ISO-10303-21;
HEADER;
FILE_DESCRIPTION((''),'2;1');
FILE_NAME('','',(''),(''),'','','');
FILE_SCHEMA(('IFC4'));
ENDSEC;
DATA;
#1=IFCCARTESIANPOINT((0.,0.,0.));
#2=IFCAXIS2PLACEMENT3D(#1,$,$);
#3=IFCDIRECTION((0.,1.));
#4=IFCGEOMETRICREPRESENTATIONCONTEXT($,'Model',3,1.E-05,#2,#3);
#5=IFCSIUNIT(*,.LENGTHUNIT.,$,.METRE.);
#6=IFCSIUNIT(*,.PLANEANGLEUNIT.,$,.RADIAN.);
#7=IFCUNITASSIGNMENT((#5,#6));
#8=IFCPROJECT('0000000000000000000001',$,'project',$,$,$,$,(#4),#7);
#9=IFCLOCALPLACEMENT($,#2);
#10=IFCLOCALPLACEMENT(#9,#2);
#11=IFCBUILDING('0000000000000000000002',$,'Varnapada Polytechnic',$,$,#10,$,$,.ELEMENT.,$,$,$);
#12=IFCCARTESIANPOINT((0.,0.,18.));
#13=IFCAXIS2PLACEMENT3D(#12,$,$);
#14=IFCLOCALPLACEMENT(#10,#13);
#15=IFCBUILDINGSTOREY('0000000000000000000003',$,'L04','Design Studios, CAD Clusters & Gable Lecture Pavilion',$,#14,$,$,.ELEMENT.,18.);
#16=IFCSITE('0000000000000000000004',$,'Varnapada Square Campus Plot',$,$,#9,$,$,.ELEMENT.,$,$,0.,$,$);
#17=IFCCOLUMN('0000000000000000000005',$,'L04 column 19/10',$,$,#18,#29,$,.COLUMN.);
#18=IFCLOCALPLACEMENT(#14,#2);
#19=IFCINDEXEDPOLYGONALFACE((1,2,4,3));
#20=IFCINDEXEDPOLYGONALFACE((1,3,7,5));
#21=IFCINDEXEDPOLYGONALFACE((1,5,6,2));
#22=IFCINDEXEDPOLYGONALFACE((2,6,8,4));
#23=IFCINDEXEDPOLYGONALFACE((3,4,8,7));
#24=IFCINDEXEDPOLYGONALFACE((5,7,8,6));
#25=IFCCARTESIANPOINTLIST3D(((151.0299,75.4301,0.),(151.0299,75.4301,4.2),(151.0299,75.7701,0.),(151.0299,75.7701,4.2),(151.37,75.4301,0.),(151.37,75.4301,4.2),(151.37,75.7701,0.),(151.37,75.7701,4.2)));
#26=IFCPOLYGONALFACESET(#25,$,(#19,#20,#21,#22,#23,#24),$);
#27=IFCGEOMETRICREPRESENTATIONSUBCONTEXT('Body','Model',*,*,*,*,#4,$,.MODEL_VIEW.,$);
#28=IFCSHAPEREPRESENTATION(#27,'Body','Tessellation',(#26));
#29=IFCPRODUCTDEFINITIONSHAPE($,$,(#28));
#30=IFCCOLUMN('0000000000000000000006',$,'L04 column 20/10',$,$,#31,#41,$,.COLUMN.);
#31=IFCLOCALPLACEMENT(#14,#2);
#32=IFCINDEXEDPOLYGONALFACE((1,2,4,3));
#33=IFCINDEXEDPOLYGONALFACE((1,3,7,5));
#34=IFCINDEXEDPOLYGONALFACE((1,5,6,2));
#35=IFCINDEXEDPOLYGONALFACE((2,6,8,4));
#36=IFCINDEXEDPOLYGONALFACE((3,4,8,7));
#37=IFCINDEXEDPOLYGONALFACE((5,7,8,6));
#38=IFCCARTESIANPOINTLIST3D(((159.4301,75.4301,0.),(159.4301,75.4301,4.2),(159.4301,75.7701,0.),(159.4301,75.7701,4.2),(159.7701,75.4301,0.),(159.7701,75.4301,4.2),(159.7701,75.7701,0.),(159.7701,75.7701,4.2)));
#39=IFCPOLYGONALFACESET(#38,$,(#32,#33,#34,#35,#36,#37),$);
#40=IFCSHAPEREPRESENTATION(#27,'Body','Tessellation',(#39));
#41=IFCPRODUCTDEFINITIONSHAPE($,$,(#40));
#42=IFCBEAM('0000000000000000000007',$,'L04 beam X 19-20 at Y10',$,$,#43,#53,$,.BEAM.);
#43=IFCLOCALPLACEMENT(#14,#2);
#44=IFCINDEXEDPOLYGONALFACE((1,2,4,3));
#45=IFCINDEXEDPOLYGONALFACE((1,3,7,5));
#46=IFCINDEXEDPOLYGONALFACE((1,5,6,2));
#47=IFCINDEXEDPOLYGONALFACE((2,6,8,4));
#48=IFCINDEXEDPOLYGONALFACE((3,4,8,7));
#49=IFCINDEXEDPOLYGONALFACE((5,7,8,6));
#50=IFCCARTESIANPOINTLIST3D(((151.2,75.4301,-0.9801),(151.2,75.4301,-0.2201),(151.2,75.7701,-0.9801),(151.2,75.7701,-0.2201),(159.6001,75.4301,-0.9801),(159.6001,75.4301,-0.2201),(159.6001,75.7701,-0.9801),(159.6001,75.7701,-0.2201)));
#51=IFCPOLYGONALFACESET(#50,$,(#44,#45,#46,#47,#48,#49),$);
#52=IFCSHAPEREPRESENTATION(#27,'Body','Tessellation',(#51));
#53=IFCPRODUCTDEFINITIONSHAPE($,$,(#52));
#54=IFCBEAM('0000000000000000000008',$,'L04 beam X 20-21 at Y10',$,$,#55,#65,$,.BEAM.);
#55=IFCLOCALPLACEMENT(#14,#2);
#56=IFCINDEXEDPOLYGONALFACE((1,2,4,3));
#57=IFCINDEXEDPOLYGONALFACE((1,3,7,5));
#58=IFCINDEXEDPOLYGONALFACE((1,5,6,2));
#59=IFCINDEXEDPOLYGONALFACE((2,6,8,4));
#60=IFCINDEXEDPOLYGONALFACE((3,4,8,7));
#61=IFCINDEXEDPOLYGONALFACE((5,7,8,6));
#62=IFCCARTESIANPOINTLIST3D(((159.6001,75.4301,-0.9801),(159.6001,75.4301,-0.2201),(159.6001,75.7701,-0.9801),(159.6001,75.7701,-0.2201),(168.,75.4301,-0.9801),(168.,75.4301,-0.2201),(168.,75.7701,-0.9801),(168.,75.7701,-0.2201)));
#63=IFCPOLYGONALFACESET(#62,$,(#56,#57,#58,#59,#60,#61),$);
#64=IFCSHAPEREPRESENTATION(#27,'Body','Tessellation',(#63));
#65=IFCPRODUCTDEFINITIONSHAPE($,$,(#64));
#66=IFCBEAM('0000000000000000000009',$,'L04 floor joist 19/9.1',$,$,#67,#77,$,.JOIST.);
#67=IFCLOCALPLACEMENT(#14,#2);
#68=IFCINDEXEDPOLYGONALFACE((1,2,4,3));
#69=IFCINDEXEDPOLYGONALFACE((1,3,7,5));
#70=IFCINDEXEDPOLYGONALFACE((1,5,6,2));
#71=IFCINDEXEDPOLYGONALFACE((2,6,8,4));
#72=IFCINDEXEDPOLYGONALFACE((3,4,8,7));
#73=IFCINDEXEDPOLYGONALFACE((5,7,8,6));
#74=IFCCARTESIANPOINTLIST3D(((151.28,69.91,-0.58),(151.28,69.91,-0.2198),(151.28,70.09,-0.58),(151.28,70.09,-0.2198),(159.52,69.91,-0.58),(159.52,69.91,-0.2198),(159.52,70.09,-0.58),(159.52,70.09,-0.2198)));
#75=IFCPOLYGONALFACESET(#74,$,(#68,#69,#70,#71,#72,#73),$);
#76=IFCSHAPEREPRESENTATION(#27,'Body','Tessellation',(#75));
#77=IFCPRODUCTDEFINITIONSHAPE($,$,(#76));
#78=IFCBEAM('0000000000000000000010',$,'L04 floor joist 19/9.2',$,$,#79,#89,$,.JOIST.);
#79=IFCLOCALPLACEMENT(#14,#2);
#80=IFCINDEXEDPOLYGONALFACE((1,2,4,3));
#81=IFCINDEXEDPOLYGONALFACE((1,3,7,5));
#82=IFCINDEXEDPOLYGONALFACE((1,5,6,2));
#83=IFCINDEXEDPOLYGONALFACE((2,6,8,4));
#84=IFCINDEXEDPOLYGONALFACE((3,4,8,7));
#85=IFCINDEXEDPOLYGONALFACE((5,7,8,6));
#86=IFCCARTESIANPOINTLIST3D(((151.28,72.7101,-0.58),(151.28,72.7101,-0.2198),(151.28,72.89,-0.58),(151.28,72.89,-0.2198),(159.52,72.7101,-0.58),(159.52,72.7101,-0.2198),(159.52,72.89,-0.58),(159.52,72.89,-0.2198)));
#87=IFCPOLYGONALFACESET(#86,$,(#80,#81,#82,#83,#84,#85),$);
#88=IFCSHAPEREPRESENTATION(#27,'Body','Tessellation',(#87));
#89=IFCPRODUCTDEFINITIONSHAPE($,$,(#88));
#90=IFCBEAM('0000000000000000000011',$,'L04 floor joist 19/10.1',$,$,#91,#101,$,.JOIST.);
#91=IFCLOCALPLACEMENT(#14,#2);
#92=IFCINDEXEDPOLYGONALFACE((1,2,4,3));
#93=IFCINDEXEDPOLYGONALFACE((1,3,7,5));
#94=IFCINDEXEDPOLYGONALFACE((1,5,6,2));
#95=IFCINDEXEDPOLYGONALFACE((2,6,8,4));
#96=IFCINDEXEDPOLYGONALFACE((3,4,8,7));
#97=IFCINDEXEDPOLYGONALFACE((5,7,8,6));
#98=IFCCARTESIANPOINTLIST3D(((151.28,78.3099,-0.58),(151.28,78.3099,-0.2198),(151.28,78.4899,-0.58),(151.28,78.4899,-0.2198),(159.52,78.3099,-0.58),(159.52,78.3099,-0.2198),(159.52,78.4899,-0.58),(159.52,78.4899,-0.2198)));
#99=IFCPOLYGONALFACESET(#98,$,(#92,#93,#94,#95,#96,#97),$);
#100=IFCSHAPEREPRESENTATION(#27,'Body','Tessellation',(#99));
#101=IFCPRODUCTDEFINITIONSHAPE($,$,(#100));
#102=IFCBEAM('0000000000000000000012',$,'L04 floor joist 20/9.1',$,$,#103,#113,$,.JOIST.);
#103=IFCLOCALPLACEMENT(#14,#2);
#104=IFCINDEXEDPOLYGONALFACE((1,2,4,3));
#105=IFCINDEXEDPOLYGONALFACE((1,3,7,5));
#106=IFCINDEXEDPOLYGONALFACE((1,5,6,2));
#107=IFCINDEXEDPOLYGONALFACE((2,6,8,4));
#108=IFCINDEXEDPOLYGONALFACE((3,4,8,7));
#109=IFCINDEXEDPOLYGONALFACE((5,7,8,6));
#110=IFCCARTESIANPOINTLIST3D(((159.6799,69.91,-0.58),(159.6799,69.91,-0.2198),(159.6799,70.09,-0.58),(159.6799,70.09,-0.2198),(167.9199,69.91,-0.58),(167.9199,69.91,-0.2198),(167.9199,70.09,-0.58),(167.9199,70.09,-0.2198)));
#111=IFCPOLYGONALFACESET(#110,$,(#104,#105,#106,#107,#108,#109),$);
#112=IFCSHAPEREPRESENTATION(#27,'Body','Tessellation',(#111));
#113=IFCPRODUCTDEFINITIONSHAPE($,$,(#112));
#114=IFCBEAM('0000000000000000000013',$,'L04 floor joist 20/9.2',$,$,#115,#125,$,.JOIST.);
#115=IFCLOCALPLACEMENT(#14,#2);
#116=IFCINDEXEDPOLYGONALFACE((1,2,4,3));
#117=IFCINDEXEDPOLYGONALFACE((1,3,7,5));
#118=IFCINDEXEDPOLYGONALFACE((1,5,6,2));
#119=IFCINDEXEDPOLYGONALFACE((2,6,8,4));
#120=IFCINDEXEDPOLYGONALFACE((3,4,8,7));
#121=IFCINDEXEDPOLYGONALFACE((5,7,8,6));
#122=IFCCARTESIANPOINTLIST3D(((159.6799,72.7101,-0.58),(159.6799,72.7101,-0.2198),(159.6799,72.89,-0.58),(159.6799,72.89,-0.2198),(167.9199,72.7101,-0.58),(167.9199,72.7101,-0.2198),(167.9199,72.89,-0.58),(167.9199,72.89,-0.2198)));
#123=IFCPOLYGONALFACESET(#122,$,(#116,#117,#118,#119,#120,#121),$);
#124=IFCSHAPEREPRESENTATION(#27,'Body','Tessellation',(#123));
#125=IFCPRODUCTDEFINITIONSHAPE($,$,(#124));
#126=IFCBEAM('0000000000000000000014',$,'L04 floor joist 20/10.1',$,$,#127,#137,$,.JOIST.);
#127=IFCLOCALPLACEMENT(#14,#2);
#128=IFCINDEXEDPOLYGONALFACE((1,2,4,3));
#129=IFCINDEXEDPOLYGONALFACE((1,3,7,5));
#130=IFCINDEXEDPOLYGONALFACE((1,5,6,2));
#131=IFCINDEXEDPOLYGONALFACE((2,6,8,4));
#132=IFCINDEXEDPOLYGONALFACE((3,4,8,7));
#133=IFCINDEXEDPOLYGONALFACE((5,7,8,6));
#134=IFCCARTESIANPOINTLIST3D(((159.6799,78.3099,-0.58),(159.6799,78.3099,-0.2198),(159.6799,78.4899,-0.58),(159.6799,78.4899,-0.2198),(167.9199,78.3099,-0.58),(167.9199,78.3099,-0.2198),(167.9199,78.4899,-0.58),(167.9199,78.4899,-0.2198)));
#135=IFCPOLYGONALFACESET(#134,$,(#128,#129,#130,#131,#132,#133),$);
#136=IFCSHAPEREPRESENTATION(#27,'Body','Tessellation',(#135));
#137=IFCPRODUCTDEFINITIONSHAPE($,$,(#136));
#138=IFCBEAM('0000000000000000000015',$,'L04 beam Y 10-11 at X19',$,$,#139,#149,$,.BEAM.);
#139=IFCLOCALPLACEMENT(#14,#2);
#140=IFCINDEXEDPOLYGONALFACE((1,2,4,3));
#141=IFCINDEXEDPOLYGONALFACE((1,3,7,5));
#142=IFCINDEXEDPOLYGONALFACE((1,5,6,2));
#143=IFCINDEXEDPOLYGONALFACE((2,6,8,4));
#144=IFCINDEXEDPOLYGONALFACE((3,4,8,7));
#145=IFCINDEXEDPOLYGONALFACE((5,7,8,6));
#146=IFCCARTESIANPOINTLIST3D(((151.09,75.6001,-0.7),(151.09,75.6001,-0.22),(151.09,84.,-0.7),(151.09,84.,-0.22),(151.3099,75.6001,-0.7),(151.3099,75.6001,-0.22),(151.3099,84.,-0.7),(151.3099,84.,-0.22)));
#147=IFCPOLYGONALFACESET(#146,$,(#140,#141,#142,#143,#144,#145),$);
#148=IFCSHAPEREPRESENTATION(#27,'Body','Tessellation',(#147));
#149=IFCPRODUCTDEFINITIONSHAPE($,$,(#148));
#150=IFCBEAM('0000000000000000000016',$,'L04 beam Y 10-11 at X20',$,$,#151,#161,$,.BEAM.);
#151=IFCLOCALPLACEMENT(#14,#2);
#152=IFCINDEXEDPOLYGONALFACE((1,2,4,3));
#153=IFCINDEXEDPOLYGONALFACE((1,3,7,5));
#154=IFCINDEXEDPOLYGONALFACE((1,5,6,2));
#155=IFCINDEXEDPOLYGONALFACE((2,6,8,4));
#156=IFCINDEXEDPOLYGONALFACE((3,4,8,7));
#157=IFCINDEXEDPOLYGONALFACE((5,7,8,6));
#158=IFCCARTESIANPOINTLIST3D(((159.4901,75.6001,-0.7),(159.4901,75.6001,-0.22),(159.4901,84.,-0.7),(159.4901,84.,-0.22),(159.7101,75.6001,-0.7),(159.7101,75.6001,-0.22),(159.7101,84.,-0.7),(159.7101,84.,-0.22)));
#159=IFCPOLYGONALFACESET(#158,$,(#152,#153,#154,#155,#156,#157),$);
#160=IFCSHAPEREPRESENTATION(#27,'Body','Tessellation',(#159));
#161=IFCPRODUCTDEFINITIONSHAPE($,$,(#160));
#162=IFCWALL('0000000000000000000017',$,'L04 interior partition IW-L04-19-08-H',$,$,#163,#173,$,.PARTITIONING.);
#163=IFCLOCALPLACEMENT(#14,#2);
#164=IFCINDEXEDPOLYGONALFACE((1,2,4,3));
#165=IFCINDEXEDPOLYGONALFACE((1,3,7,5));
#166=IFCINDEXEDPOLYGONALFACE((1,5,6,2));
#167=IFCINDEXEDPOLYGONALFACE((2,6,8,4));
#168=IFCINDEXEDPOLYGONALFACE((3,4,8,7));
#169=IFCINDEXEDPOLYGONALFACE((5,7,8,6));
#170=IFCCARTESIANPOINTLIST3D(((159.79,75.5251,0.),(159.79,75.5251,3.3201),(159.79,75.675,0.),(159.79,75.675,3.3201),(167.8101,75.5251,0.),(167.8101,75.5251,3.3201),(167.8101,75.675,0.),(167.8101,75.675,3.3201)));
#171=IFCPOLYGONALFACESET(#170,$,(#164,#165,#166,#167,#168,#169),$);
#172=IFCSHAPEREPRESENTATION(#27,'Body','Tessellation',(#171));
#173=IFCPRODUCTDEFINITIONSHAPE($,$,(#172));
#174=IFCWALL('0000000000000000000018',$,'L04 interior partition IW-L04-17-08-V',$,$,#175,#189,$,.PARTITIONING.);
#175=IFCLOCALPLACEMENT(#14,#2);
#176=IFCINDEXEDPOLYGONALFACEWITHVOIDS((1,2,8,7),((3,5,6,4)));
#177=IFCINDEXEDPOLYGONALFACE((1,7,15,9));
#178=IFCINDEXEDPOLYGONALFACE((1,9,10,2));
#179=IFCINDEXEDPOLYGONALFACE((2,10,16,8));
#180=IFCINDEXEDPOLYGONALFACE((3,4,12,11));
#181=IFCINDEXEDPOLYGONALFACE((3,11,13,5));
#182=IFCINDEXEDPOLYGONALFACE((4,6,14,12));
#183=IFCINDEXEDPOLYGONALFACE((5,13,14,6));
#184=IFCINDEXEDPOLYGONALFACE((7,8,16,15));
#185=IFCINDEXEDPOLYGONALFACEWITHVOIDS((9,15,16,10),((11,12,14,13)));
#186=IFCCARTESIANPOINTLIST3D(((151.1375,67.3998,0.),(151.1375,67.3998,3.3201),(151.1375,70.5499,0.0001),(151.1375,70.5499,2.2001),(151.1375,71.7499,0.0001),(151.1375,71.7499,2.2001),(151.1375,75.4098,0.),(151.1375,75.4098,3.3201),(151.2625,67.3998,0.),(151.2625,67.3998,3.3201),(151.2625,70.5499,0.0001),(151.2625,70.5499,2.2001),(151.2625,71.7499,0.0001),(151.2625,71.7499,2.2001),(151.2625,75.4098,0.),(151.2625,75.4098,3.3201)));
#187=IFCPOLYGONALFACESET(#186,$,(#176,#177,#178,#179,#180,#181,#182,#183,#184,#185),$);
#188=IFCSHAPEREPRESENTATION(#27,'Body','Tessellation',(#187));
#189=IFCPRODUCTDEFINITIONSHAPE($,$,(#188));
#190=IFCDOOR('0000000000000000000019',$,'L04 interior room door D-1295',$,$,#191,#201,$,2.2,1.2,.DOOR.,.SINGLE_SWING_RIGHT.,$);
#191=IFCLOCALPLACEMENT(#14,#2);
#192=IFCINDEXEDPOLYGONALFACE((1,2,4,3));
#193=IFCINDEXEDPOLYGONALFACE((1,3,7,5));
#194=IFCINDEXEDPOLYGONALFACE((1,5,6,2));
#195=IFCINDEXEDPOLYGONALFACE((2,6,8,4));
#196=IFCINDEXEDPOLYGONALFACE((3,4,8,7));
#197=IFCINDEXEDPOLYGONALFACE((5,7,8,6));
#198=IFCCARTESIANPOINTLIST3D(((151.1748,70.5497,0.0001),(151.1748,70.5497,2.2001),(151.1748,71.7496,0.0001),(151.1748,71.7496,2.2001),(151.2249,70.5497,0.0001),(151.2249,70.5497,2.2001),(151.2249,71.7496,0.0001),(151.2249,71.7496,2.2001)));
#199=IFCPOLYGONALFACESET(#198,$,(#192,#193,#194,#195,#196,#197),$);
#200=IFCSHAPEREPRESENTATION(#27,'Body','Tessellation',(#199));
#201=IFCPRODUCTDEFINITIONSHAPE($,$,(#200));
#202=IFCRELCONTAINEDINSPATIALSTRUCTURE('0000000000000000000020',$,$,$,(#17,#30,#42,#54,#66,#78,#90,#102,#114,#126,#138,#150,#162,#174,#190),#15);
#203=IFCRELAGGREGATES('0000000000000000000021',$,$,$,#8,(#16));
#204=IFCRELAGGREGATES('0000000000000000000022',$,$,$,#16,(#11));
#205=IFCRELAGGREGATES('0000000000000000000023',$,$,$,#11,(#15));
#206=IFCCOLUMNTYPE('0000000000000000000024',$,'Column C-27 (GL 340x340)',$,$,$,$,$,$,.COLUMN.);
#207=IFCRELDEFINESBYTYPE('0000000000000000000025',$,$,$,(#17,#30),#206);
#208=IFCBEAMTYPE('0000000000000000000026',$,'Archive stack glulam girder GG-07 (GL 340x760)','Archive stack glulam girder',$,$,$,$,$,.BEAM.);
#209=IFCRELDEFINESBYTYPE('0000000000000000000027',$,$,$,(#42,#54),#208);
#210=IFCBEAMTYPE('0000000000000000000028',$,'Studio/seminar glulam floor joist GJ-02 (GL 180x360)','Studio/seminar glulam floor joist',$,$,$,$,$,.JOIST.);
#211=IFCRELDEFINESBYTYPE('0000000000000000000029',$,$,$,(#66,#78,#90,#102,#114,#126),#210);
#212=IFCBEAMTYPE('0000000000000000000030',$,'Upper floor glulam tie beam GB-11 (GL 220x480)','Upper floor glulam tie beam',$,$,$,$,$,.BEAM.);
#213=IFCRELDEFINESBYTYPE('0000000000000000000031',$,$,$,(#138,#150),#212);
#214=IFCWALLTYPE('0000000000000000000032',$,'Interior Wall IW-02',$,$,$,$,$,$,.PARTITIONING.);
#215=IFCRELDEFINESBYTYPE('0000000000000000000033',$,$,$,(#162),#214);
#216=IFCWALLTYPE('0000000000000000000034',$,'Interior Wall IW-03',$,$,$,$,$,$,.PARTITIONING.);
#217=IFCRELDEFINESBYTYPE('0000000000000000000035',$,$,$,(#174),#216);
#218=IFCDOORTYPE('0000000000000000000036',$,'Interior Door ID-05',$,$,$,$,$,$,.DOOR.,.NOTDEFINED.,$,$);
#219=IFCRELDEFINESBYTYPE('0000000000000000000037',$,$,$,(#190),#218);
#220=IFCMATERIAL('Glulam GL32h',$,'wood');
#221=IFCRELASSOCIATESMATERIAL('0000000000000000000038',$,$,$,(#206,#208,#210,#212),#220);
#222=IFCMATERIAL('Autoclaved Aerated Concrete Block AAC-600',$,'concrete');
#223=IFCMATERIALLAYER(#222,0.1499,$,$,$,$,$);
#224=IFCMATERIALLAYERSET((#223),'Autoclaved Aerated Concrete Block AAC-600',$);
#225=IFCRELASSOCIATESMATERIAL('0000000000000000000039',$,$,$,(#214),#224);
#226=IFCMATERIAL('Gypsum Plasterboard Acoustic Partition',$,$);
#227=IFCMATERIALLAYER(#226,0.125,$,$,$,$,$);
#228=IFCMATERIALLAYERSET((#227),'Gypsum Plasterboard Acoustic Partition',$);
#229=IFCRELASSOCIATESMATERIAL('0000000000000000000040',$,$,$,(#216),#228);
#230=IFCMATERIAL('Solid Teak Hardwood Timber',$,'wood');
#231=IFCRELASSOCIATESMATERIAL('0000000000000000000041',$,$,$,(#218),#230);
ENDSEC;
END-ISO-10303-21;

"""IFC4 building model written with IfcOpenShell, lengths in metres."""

from ifc_helpers import new_model, si_unit, direction, frame, frame_2d, origin, origin_2d, place, context, subcontext, project, spatial, rectangle, extrude, material, layer, layer_set, material_profile, profile_set, type_object, element, fill, save


model = new_model("IFC4")

# Units and contexts
model_context = context("Model", 3, precision=1e-05, world=origin(), true_north=direction((0.0, 1.0)))
body_context = subcontext(model_context, "Body", "Model", "MODEL_VIEW")
ifc_project = project(units=[si_unit("LENGTHUNIT", "METRE"), si_unit("PLANEANGLEUNIT", "RADIAN")], contexts=[model_context])

# Site, building, storey
site_placement = place(None, origin())
site = spatial("IfcSite", under=ifc_project, at=site_placement, Name="Varnapada Square Campus Plot", CompositionType="ELEMENT", RefElevation=0.0)
building_placement = place(site_placement, origin())
building = spatial("IfcBuilding", under=site, at=building_placement, Name="Varnapada Polytechnic", CompositionType="ELEMENT")
storey_placement = place(building_placement, frame((0.0, 0.0, 18.0)))
storey = spatial("IfcBuildingStorey", under=building, at=storey_placement, Name="L04", Description="Design Studios, CAD Clusters & Gable Lecture Pavilion", CompositionType="ELEMENT", Elevation=18.0)

# Columns
ifc_material_1 = material(Name="Glulam GL32h", Category="wood")
ifc_material_profile_1 = material_profile(ifc_material_1, rectangle(XDim=0.3401, YDim=0.3401, at=origin_2d()), Name="GL 340x340")
ifc_profile_set_1 = profile_set([ifc_material_profile_1], Name="Glulam GL32h")
column_type = type_object("IfcColumnType", Name="Column C-27 (GL 340x340)", PredefinedType="COLUMN", material=ifc_profile_set_1)
for number, where, z_axis, x_axis, name in (
    (1, (151.2, 75.6001, 0.0), (0.0, 0.0, 1.0), (1.0, 0.0, 0.0), "L04 column 19/10"),
    (2, (159.6001, 75.6001, 0.0), (0.0, 0.0, 1.0), (1.0, 0.0, 0.0), "L04 column 20/10"),
):
    element("IfcColumn", number, at=place(storey_placement, frame(where, z_axis=z_axis, x_axis=x_axis)), inside=storey, type_object=column_type, Name=name, PredefinedType="COLUMN", context=body_context, shape_type="SweptSolid", body=[
        extrude(rectangle(XDim=0.3401, YDim=0.3401, at=origin_2d()), origin(), (0.0, 0.0, 1.0), 4.2),
    ])

# Beams
ifc_material_profile_2 = material_profile(ifc_material_1, rectangle(XDim=0.3401, YDim=0.76, at=origin_2d()), Name="GL 340x760")
ifc_profile_set_2 = profile_set([ifc_material_profile_2], Name="Glulam GL32h")
beam_type_1 = type_object("IfcBeamType", Name="Archive stack glulam girder GG-07 (GL 340x760)", Description="Archive stack glulam girder", PredefinedType="BEAM", material=ifc_profile_set_2)
beam_1_placement = place(storey_placement, frame((151.2, 75.6001, -0.6001), z_axis=(1.0, 0.0, 0.0), x_axis=(0.0, 1.0, 0.0)))
element("IfcBeam", 3, at=beam_1_placement, inside=storey, type_object=beam_type_1, Name="L04 beam X 19-20 at Y10", PredefinedType="BEAM", context=body_context, shape_type="SweptSolid", body=[
    extrude(rectangle(XDim=0.3401, YDim=0.76, at=origin_2d()), origin(), (0.0, 0.0, 1.0), 8.4001),
])
beam_2_placement = place(storey_placement, frame((159.6001, 75.6001, -0.6001), z_axis=(1.0, 0.0, 0.0), x_axis=(0.0, 1.0, 0.0)))
element("IfcBeam", 4, at=beam_2_placement, inside=storey, type_object=beam_type_1, Name="L04 beam X 20-21 at Y10", PredefinedType="BEAM", context=body_context, shape_type="SweptSolid", body=[
    extrude(rectangle(XDim=0.3401, YDim=0.76, at=origin_2d()), origin(), (0.0, 0.0, 1.0), 8.3999),
])
ifc_material_profile_3 = material_profile(ifc_material_1, rectangle(XDim=0.1799, YDim=0.3601, at=origin_2d()), Name="GL 180x360")
ifc_profile_set_3 = profile_set([ifc_material_profile_3], Name="Glulam GL32h")
beam_type_2 = type_object("IfcBeamType", Name="Studio/seminar glulam floor joist GJ-02 (GL 180x360)", Description="Studio/seminar glulam floor joist", PredefinedType="JOIST", material=ifc_profile_set_3)
for number, where, z_axis, x_axis, name in (
    (5, (151.28, 70.0, -0.3999), (1.0, 0.0, 0.0), (0.0, 1.0, 0.0), "L04 floor joist 19/9.1"),
    (6, (151.28, 72.8, -0.3999), (1.0, 0.0, 0.0), (0.0, 1.0, 0.0), "L04 floor joist 19/9.2"),
    (7, (151.28, 78.3999, -0.3999), (1.0, 0.0, 0.0), (0.0, 1.0, 0.0), "L04 floor joist 19/10.1"),
    (8, (159.6799, 70.0, -0.3999), (1.0, 0.0, 0.0), (0.0, 1.0, 0.0), "L04 floor joist 20/9.1"),
    (9, (159.6799, 72.8, -0.3999), (1.0, 0.0, 0.0), (0.0, 1.0, 0.0), "L04 floor joist 20/9.2"),
    (10, (159.6799, 78.3999, -0.3999), (1.0, 0.0, 0.0), (0.0, 1.0, 0.0), "L04 floor joist 20/10.1"),
):
    element("IfcBeam", number, at=place(storey_placement, frame(where, z_axis=z_axis, x_axis=x_axis)), inside=storey, type_object=beam_type_2, Name=name, PredefinedType="JOIST", context=body_context, shape_type="SweptSolid", body=[
        extrude(rectangle(XDim=0.1799, YDim=0.3601, at=origin_2d()), origin(), (0.0, 0.0, 1.0), 8.24),
    ])
ifc_material_profile_4 = material_profile(ifc_material_1, rectangle(XDim=0.22, YDim=0.48, at=origin_2d()), Name="GL 220x480")
ifc_profile_set_4 = profile_set([ifc_material_profile_4], Name="Glulam GL32h")
beam_type_3 = type_object("IfcBeamType", Name="Upper floor glulam tie beam GB-11 (GL 220x480)", Description="Upper floor glulam tie beam", PredefinedType="BEAM", material=ifc_profile_set_4)
for number, where, z_axis, x_axis, name in (
    (11, (151.2, 75.6001, -0.46), (0.0, 1.0, 0.0), (-1.0, 0.0, 0.0), "L04 beam Y 10-11 at X19"),
    (12, (159.6001, 75.6001, -0.46), (0.0, 1.0, 0.0), (-1.0, 0.0, 0.0), "L04 beam Y 10-11 at X20"),
):
    element("IfcBeam", number, at=place(storey_placement, frame(where, z_axis=z_axis, x_axis=x_axis)), inside=storey, type_object=beam_type_3, Name=name, PredefinedType="BEAM", context=body_context, shape_type="SweptSolid", body=[
        extrude(rectangle(XDim=0.22, YDim=0.48, at=origin_2d()), origin(), (0.0, 0.0, 1.0), 8.3999),
    ])

# Wall
ifc_material_2 = material(Name="Autoclaved Aerated Concrete Block AAC-600", Category="concrete")
ifc_layer_1 = layer(ifc_material_2, 0.1499)
ifc_layer_set_1 = layer_set([ifc_layer_1], Name="Autoclaved Aerated Concrete Block AAC-600")
wall_type_1 = type_object("IfcWallType", Name="Interior Wall IW-02", PredefinedType="PARTITIONING", material=ifc_layer_set_1)
wall_1_placement = place(storey_placement, frame((159.79, 75.6001, 0.0), z_axis=(0.0, 0.0, 1.0), x_axis=(1.0, 0.0, 0.0)))
element("IfcWall", 13, at=wall_1_placement, inside=storey, type_object=wall_type_1, Name="L04 interior partition IW-L04-19-08-H", PredefinedType="PARTITIONING", context=body_context, shape_type="SweptSolid", body=[
    extrude(rectangle(XDim=8.02, YDim=0.1499, at=frame_2d((4.01, 0.0))), origin(), (0.0, 0.0, 1.0), 3.3201),
])

# Wall, opening, door
ifc_material_3 = material(Name="Gypsum Plasterboard Acoustic Partition")
ifc_layer_2 = layer(ifc_material_3, 0.125)
ifc_layer_set_2 = layer_set([ifc_layer_2], Name="Gypsum Plasterboard Acoustic Partition")
wall_type_2 = type_object("IfcWallType", Name="Interior Wall IW-03", PredefinedType="PARTITIONING", material=ifc_layer_set_2)
wall_2_placement = place(storey_placement, frame((151.2, 67.3999, 0.0), z_axis=(0.0, 0.0, 1.0), x_axis=(0.0, 1.0, 0.0)))
wall_2 = element("IfcWall", 14, at=wall_2_placement, inside=storey, type_object=wall_type_2, Name="L04 interior partition IW-L04-17-08-V", PredefinedType="PARTITIONING", context=body_context, shape_type="SweptSolid", body=[
    extrude(rectangle(XDim=8.01, YDim=0.125, at=frame_2d((4.0049, 0.0))), origin(), (0.0, 0.0, 1.0), 3.3201),
])
opening_1_placement = place(wall_2_placement, frame((3.1499, 0.0, 0.0)))
opening_1 = element("IfcOpeningElement", 15, at=opening_1_placement, cuts=wall_2, PredefinedType="OPENING", context=body_context, shape_type="SweptSolid", body=[
    extrude(rectangle(XDim=1.2, YDim=2.2, at=frame_2d((0.6001, 1.1001))), frame((0.0, 0.0725, 0.0), z_axis=(0.0, -1.0, 0.0), x_axis=(1.0, 0.0, 0.0)), (0.0, 0.0, 1.0), 0.145),
])
ifc_material_4 = material(Name="Solid Teak Hardwood Timber", Category="wood")
door_type_1 = type_object("IfcDoorType", Name="Interior Door ID-05", OperationType="NOTDEFINED", PredefinedType="DOOR", material=ifc_material_4)
door_1_placement = place(opening_1_placement, frame((1.2, 0.0, 0.0), z_axis=(0.0, 0.0, 1.0), x_axis=(-1.0, 0.0, 0.0)))
door_1 = element("IfcDoor", 16, at=door_1_placement, inside=storey, type_object=door_type_1, Name="L04 interior room door D-1295", OperationType="SINGLE_SWING_RIGHT", OverallHeight=2.2, OverallWidth=1.2, PredefinedType="DOOR", context=body_context, shape_type="SweptSolid", body=[
    extrude(rectangle(XDim=1.2, YDim=2.2, at=frame_2d((0.6001, 1.1001))), frame((0.0, 0.0249, 0.0), z_axis=(0.0, -1.0, 0.0), x_axis=(1.0, 0.0, 0.0)), (0.0, 0.0, 1.0), 0.05),
])
fill(opening_1, door_1)

save(model, "model.ifc")
